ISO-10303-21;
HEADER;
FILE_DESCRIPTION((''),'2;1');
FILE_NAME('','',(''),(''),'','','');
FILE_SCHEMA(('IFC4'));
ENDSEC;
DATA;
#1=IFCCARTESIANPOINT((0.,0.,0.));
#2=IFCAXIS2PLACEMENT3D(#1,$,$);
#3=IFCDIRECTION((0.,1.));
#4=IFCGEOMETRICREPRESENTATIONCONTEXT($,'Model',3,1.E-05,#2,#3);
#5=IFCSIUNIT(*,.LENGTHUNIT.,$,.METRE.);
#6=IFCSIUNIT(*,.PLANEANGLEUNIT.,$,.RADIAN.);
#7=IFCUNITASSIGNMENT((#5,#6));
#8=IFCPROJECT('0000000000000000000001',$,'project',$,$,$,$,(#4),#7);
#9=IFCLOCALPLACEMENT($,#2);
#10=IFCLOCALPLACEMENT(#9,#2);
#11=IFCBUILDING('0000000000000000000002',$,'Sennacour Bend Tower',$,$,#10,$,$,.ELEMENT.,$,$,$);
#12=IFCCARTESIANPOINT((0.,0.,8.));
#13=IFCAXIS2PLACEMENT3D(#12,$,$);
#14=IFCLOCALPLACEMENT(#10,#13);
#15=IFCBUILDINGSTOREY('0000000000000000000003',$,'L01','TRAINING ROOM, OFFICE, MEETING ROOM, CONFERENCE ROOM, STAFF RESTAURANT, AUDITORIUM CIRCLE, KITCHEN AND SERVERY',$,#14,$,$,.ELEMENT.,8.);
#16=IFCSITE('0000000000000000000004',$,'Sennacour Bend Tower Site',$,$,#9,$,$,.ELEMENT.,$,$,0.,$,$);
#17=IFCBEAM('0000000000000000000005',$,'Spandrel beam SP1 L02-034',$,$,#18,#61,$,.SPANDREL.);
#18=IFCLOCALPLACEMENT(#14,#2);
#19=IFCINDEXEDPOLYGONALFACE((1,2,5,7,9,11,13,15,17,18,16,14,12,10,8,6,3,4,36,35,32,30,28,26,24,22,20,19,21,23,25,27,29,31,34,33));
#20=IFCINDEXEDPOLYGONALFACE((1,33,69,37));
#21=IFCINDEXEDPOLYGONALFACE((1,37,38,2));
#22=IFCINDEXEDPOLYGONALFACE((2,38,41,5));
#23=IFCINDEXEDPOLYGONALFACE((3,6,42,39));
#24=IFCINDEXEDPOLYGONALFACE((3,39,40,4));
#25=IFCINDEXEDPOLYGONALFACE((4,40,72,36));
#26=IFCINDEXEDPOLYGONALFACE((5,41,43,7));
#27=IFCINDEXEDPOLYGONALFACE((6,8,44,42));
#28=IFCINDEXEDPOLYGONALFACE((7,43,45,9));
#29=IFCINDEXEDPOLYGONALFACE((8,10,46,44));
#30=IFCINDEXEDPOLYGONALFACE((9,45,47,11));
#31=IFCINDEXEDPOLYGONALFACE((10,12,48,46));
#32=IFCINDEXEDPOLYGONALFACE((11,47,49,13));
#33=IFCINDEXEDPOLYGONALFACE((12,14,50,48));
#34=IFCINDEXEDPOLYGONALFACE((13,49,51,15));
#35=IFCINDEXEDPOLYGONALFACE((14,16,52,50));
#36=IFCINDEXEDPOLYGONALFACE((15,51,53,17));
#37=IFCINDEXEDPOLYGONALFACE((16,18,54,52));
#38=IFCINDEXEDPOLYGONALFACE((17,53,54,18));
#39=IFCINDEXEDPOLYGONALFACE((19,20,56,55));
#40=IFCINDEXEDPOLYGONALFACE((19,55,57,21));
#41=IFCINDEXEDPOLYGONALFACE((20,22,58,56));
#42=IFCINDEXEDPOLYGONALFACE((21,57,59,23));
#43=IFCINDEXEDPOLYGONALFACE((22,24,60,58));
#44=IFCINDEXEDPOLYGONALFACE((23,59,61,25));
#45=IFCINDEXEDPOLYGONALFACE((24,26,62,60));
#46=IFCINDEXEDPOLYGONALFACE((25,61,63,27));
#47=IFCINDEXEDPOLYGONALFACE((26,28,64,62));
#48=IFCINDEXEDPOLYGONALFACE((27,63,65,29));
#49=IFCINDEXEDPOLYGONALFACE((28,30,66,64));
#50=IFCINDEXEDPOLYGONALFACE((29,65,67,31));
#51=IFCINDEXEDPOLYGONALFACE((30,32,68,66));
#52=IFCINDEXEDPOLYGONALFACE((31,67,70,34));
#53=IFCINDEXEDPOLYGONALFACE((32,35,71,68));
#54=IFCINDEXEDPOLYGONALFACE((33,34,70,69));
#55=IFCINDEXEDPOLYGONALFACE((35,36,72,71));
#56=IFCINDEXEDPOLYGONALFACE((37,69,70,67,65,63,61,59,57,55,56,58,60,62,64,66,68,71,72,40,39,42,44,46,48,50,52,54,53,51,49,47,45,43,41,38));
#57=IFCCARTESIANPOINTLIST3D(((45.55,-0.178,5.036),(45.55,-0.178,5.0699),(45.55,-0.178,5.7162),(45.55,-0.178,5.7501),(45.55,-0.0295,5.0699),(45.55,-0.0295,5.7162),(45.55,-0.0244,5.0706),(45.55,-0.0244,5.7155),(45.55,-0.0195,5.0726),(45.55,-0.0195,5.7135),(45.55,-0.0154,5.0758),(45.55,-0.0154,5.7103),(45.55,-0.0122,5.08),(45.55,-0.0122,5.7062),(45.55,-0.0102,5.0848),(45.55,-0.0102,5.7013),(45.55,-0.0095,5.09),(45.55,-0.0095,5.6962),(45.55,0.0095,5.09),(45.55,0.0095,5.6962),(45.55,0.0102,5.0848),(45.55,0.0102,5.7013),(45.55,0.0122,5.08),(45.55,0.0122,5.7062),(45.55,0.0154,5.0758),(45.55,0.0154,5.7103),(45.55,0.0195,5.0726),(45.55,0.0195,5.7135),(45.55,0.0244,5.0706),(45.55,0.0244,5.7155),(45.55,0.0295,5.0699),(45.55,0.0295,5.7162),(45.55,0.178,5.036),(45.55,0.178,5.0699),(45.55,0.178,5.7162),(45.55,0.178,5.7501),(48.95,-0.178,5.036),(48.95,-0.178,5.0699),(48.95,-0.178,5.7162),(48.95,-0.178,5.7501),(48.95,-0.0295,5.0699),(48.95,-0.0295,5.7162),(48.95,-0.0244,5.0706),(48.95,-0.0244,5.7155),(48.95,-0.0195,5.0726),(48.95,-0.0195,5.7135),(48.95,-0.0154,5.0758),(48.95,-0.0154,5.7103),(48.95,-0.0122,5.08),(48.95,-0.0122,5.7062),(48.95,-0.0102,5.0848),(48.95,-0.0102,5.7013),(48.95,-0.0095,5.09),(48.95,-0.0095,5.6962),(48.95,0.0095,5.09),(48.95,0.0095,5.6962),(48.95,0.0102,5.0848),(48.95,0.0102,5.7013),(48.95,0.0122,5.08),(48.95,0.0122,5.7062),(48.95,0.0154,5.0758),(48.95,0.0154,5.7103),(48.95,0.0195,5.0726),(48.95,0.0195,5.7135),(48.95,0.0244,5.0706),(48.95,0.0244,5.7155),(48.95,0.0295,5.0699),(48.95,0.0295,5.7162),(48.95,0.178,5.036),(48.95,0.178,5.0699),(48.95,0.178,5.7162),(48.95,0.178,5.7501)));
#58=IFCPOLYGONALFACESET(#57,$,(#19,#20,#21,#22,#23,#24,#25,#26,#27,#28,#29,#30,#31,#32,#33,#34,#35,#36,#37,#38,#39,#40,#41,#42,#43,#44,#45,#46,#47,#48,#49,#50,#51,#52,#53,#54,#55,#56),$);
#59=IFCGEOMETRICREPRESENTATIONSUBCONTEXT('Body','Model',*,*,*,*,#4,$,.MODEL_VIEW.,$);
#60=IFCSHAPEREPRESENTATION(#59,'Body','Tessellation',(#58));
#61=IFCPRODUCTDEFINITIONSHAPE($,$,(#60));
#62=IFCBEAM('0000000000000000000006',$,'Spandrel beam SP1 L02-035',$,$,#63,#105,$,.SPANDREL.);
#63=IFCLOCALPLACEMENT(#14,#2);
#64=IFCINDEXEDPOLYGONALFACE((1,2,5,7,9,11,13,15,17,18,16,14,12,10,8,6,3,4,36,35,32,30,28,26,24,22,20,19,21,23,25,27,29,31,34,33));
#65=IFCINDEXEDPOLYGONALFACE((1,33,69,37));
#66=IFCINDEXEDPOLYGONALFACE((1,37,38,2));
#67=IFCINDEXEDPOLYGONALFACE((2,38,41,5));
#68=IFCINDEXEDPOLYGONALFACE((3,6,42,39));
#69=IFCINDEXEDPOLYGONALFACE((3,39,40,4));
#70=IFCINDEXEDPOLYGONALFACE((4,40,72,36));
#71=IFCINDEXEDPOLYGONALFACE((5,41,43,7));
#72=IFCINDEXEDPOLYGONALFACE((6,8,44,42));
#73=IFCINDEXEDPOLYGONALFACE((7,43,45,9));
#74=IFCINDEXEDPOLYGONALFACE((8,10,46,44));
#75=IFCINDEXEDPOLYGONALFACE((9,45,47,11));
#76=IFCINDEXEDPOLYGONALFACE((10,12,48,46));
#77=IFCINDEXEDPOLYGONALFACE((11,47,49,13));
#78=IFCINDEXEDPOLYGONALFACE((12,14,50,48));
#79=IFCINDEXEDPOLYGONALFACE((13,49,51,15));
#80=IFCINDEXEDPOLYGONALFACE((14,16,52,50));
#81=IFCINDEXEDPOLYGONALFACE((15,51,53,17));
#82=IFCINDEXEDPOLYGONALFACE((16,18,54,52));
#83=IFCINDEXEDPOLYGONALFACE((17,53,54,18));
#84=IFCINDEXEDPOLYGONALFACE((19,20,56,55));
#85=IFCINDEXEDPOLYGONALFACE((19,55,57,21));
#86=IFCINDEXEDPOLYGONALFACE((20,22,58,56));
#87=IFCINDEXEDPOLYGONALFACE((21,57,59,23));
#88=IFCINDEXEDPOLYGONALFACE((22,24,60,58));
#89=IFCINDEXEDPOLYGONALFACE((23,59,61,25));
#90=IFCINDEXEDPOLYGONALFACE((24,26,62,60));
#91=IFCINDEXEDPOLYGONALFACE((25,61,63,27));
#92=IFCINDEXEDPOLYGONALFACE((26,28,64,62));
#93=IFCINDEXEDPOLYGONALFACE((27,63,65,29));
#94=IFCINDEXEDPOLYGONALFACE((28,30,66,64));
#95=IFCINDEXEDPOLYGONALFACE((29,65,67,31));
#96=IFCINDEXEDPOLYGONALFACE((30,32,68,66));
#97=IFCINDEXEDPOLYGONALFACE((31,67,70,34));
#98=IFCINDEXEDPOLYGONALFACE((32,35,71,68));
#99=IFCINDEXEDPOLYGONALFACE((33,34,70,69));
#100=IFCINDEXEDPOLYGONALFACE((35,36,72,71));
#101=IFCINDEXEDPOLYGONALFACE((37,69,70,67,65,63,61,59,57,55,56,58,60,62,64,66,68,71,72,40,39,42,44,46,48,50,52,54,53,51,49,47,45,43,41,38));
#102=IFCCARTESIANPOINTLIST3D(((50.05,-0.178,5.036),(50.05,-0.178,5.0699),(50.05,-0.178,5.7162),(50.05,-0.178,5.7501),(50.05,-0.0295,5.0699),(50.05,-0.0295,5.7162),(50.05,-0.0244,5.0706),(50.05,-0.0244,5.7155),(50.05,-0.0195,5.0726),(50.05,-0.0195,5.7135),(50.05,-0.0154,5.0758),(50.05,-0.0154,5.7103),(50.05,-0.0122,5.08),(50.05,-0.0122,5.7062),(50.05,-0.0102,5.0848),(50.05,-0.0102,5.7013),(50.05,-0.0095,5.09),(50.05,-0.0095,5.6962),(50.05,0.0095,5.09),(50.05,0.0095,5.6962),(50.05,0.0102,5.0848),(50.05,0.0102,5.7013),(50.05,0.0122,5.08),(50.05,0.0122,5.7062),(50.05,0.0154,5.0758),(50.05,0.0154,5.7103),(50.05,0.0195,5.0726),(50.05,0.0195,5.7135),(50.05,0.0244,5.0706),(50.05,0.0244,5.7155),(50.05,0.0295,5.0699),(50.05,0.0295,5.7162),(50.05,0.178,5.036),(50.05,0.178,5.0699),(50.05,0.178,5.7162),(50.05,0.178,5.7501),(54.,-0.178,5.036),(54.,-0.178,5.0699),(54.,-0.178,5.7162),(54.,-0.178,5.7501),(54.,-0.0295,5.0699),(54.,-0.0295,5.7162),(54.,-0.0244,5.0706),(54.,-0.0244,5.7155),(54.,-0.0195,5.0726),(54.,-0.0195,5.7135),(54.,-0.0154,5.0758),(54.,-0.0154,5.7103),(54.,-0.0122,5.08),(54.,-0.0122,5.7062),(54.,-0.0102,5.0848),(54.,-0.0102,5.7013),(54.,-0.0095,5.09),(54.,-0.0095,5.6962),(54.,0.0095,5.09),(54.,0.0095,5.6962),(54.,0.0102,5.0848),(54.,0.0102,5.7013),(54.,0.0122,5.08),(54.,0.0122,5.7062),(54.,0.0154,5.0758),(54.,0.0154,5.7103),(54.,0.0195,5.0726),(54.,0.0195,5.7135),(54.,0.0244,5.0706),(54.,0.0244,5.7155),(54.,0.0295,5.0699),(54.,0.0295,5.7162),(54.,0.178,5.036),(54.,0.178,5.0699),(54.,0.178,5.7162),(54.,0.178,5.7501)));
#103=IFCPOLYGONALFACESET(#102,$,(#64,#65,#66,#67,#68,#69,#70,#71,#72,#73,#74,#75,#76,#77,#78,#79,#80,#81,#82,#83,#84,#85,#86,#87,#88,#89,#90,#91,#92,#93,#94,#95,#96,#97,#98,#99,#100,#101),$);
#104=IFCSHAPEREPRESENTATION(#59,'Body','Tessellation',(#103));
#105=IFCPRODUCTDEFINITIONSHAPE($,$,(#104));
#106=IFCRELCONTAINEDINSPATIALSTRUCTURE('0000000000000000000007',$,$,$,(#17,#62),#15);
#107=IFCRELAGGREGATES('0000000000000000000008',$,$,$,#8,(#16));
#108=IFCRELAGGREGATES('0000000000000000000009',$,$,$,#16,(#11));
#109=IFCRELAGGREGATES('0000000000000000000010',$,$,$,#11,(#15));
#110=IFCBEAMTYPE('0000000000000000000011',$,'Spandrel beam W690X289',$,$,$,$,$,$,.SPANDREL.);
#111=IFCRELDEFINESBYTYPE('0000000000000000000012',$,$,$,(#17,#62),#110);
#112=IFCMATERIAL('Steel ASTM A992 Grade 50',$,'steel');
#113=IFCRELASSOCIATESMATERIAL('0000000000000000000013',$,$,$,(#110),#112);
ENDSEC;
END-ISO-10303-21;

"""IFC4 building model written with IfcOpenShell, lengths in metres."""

from ifc_helpers import new_model, si_unit, direction, frame, origin, origin_2d, place, context, subcontext, project, spatial, i_section, extrude, material, material_profile, profile_set, type_object, element, save


model = new_model("IFC4")

# Units and contexts
model_context = context("Model", 3, precision=1e-05, world=origin(), true_north=direction((0.0, 1.0)))
body_context = subcontext(model_context, "Body", "Model", "MODEL_VIEW")
ifc_project = project(units=[si_unit("LENGTHUNIT", "METRE"), si_unit("PLANEANGLEUNIT", "RADIAN")], contexts=[model_context])

# Site, building, storey
site_placement = place(None, origin())
site = spatial("IfcSite", under=ifc_project, at=site_placement, Name="Sennacour Bend Tower Site", CompositionType="ELEMENT", RefElevation=0.0)
building_placement = place(site_placement, origin())
building = spatial("IfcBuilding", under=site, at=building_placement, Name="Sennacour Bend Tower", CompositionType="ELEMENT")
storey_placement = place(building_placement, frame((0.0, 0.0, 8.0)))
storey = spatial("IfcBuildingStorey", under=building, at=storey_placement, Name="L01", Description="TRAINING ROOM, OFFICE, MEETING ROOM, CONFERENCE ROOM, STAFF RESTAURANT, AUDITORIUM CIRCLE, KITCHEN AND SERVERY", CompositionType="ELEMENT", Elevation=8.0)

# Beams
ifc_material_1 = material(Name="Steel ASTM A992 Grade 50", Category="steel")
ifc_material_profile_1 = material_profile(ifc_material_1, i_section(OverallWidth=0.356, OverallDepth=0.7141, WebThickness=0.019, FlangeThickness=0.0339, FilletRadius=0.02, at=origin_2d()), Name="Steel ASTM A992 Grade 50", Category="steel")
ifc_profile_set_1 = profile_set([ifc_material_profile_1], Name="Steel ASTM A992 Grade 50")
beam_type_1 = type_object("IfcBeamType", Name="Spandrel beam W690X289", PredefinedType="SPANDREL", material=ifc_profile_set_1)
beam_1_placement = place(storey_placement, frame((45.55, 0.0, 5.3931), z_axis=(1.0, 0.0, 0.0), x_axis=(0.0, 1.0, 0.0)))
element("IfcBeam", 1, at=beam_1_placement, inside=storey, type_object=beam_type_1, Name="Spandrel beam SP1 L02-034", PredefinedType="SPANDREL", context=body_context, shape_type="SweptSolid", body=[
    extrude(i_section(OverallWidth=0.356, OverallDepth=0.7141, WebThickness=0.019, FlangeThickness=0.0339, FilletRadius=0.02, at=origin_2d()), origin(), (0.0, 0.0, 1.0), 3.3999),
])
beam_2_placement = place(storey_placement, frame((50.05, 0.0, 5.3931), z_axis=(1.0, 0.0, 0.0), x_axis=(0.0, 1.0, 0.0)))
element("IfcBeam", 2, at=beam_2_placement, inside=storey, type_object=beam_type_1, Name="Spandrel beam SP1 L02-035", PredefinedType="SPANDREL", context=body_context, shape_type="SweptSolid", body=[
    extrude(i_section(OverallWidth=0.356, OverallDepth=0.7141, WebThickness=0.019, FlangeThickness=0.0339, FilletRadius=0.02, at=origin_2d()), origin(), (0.0, 0.0, 1.0), 3.95),
])

save(model, "model.ifc")
